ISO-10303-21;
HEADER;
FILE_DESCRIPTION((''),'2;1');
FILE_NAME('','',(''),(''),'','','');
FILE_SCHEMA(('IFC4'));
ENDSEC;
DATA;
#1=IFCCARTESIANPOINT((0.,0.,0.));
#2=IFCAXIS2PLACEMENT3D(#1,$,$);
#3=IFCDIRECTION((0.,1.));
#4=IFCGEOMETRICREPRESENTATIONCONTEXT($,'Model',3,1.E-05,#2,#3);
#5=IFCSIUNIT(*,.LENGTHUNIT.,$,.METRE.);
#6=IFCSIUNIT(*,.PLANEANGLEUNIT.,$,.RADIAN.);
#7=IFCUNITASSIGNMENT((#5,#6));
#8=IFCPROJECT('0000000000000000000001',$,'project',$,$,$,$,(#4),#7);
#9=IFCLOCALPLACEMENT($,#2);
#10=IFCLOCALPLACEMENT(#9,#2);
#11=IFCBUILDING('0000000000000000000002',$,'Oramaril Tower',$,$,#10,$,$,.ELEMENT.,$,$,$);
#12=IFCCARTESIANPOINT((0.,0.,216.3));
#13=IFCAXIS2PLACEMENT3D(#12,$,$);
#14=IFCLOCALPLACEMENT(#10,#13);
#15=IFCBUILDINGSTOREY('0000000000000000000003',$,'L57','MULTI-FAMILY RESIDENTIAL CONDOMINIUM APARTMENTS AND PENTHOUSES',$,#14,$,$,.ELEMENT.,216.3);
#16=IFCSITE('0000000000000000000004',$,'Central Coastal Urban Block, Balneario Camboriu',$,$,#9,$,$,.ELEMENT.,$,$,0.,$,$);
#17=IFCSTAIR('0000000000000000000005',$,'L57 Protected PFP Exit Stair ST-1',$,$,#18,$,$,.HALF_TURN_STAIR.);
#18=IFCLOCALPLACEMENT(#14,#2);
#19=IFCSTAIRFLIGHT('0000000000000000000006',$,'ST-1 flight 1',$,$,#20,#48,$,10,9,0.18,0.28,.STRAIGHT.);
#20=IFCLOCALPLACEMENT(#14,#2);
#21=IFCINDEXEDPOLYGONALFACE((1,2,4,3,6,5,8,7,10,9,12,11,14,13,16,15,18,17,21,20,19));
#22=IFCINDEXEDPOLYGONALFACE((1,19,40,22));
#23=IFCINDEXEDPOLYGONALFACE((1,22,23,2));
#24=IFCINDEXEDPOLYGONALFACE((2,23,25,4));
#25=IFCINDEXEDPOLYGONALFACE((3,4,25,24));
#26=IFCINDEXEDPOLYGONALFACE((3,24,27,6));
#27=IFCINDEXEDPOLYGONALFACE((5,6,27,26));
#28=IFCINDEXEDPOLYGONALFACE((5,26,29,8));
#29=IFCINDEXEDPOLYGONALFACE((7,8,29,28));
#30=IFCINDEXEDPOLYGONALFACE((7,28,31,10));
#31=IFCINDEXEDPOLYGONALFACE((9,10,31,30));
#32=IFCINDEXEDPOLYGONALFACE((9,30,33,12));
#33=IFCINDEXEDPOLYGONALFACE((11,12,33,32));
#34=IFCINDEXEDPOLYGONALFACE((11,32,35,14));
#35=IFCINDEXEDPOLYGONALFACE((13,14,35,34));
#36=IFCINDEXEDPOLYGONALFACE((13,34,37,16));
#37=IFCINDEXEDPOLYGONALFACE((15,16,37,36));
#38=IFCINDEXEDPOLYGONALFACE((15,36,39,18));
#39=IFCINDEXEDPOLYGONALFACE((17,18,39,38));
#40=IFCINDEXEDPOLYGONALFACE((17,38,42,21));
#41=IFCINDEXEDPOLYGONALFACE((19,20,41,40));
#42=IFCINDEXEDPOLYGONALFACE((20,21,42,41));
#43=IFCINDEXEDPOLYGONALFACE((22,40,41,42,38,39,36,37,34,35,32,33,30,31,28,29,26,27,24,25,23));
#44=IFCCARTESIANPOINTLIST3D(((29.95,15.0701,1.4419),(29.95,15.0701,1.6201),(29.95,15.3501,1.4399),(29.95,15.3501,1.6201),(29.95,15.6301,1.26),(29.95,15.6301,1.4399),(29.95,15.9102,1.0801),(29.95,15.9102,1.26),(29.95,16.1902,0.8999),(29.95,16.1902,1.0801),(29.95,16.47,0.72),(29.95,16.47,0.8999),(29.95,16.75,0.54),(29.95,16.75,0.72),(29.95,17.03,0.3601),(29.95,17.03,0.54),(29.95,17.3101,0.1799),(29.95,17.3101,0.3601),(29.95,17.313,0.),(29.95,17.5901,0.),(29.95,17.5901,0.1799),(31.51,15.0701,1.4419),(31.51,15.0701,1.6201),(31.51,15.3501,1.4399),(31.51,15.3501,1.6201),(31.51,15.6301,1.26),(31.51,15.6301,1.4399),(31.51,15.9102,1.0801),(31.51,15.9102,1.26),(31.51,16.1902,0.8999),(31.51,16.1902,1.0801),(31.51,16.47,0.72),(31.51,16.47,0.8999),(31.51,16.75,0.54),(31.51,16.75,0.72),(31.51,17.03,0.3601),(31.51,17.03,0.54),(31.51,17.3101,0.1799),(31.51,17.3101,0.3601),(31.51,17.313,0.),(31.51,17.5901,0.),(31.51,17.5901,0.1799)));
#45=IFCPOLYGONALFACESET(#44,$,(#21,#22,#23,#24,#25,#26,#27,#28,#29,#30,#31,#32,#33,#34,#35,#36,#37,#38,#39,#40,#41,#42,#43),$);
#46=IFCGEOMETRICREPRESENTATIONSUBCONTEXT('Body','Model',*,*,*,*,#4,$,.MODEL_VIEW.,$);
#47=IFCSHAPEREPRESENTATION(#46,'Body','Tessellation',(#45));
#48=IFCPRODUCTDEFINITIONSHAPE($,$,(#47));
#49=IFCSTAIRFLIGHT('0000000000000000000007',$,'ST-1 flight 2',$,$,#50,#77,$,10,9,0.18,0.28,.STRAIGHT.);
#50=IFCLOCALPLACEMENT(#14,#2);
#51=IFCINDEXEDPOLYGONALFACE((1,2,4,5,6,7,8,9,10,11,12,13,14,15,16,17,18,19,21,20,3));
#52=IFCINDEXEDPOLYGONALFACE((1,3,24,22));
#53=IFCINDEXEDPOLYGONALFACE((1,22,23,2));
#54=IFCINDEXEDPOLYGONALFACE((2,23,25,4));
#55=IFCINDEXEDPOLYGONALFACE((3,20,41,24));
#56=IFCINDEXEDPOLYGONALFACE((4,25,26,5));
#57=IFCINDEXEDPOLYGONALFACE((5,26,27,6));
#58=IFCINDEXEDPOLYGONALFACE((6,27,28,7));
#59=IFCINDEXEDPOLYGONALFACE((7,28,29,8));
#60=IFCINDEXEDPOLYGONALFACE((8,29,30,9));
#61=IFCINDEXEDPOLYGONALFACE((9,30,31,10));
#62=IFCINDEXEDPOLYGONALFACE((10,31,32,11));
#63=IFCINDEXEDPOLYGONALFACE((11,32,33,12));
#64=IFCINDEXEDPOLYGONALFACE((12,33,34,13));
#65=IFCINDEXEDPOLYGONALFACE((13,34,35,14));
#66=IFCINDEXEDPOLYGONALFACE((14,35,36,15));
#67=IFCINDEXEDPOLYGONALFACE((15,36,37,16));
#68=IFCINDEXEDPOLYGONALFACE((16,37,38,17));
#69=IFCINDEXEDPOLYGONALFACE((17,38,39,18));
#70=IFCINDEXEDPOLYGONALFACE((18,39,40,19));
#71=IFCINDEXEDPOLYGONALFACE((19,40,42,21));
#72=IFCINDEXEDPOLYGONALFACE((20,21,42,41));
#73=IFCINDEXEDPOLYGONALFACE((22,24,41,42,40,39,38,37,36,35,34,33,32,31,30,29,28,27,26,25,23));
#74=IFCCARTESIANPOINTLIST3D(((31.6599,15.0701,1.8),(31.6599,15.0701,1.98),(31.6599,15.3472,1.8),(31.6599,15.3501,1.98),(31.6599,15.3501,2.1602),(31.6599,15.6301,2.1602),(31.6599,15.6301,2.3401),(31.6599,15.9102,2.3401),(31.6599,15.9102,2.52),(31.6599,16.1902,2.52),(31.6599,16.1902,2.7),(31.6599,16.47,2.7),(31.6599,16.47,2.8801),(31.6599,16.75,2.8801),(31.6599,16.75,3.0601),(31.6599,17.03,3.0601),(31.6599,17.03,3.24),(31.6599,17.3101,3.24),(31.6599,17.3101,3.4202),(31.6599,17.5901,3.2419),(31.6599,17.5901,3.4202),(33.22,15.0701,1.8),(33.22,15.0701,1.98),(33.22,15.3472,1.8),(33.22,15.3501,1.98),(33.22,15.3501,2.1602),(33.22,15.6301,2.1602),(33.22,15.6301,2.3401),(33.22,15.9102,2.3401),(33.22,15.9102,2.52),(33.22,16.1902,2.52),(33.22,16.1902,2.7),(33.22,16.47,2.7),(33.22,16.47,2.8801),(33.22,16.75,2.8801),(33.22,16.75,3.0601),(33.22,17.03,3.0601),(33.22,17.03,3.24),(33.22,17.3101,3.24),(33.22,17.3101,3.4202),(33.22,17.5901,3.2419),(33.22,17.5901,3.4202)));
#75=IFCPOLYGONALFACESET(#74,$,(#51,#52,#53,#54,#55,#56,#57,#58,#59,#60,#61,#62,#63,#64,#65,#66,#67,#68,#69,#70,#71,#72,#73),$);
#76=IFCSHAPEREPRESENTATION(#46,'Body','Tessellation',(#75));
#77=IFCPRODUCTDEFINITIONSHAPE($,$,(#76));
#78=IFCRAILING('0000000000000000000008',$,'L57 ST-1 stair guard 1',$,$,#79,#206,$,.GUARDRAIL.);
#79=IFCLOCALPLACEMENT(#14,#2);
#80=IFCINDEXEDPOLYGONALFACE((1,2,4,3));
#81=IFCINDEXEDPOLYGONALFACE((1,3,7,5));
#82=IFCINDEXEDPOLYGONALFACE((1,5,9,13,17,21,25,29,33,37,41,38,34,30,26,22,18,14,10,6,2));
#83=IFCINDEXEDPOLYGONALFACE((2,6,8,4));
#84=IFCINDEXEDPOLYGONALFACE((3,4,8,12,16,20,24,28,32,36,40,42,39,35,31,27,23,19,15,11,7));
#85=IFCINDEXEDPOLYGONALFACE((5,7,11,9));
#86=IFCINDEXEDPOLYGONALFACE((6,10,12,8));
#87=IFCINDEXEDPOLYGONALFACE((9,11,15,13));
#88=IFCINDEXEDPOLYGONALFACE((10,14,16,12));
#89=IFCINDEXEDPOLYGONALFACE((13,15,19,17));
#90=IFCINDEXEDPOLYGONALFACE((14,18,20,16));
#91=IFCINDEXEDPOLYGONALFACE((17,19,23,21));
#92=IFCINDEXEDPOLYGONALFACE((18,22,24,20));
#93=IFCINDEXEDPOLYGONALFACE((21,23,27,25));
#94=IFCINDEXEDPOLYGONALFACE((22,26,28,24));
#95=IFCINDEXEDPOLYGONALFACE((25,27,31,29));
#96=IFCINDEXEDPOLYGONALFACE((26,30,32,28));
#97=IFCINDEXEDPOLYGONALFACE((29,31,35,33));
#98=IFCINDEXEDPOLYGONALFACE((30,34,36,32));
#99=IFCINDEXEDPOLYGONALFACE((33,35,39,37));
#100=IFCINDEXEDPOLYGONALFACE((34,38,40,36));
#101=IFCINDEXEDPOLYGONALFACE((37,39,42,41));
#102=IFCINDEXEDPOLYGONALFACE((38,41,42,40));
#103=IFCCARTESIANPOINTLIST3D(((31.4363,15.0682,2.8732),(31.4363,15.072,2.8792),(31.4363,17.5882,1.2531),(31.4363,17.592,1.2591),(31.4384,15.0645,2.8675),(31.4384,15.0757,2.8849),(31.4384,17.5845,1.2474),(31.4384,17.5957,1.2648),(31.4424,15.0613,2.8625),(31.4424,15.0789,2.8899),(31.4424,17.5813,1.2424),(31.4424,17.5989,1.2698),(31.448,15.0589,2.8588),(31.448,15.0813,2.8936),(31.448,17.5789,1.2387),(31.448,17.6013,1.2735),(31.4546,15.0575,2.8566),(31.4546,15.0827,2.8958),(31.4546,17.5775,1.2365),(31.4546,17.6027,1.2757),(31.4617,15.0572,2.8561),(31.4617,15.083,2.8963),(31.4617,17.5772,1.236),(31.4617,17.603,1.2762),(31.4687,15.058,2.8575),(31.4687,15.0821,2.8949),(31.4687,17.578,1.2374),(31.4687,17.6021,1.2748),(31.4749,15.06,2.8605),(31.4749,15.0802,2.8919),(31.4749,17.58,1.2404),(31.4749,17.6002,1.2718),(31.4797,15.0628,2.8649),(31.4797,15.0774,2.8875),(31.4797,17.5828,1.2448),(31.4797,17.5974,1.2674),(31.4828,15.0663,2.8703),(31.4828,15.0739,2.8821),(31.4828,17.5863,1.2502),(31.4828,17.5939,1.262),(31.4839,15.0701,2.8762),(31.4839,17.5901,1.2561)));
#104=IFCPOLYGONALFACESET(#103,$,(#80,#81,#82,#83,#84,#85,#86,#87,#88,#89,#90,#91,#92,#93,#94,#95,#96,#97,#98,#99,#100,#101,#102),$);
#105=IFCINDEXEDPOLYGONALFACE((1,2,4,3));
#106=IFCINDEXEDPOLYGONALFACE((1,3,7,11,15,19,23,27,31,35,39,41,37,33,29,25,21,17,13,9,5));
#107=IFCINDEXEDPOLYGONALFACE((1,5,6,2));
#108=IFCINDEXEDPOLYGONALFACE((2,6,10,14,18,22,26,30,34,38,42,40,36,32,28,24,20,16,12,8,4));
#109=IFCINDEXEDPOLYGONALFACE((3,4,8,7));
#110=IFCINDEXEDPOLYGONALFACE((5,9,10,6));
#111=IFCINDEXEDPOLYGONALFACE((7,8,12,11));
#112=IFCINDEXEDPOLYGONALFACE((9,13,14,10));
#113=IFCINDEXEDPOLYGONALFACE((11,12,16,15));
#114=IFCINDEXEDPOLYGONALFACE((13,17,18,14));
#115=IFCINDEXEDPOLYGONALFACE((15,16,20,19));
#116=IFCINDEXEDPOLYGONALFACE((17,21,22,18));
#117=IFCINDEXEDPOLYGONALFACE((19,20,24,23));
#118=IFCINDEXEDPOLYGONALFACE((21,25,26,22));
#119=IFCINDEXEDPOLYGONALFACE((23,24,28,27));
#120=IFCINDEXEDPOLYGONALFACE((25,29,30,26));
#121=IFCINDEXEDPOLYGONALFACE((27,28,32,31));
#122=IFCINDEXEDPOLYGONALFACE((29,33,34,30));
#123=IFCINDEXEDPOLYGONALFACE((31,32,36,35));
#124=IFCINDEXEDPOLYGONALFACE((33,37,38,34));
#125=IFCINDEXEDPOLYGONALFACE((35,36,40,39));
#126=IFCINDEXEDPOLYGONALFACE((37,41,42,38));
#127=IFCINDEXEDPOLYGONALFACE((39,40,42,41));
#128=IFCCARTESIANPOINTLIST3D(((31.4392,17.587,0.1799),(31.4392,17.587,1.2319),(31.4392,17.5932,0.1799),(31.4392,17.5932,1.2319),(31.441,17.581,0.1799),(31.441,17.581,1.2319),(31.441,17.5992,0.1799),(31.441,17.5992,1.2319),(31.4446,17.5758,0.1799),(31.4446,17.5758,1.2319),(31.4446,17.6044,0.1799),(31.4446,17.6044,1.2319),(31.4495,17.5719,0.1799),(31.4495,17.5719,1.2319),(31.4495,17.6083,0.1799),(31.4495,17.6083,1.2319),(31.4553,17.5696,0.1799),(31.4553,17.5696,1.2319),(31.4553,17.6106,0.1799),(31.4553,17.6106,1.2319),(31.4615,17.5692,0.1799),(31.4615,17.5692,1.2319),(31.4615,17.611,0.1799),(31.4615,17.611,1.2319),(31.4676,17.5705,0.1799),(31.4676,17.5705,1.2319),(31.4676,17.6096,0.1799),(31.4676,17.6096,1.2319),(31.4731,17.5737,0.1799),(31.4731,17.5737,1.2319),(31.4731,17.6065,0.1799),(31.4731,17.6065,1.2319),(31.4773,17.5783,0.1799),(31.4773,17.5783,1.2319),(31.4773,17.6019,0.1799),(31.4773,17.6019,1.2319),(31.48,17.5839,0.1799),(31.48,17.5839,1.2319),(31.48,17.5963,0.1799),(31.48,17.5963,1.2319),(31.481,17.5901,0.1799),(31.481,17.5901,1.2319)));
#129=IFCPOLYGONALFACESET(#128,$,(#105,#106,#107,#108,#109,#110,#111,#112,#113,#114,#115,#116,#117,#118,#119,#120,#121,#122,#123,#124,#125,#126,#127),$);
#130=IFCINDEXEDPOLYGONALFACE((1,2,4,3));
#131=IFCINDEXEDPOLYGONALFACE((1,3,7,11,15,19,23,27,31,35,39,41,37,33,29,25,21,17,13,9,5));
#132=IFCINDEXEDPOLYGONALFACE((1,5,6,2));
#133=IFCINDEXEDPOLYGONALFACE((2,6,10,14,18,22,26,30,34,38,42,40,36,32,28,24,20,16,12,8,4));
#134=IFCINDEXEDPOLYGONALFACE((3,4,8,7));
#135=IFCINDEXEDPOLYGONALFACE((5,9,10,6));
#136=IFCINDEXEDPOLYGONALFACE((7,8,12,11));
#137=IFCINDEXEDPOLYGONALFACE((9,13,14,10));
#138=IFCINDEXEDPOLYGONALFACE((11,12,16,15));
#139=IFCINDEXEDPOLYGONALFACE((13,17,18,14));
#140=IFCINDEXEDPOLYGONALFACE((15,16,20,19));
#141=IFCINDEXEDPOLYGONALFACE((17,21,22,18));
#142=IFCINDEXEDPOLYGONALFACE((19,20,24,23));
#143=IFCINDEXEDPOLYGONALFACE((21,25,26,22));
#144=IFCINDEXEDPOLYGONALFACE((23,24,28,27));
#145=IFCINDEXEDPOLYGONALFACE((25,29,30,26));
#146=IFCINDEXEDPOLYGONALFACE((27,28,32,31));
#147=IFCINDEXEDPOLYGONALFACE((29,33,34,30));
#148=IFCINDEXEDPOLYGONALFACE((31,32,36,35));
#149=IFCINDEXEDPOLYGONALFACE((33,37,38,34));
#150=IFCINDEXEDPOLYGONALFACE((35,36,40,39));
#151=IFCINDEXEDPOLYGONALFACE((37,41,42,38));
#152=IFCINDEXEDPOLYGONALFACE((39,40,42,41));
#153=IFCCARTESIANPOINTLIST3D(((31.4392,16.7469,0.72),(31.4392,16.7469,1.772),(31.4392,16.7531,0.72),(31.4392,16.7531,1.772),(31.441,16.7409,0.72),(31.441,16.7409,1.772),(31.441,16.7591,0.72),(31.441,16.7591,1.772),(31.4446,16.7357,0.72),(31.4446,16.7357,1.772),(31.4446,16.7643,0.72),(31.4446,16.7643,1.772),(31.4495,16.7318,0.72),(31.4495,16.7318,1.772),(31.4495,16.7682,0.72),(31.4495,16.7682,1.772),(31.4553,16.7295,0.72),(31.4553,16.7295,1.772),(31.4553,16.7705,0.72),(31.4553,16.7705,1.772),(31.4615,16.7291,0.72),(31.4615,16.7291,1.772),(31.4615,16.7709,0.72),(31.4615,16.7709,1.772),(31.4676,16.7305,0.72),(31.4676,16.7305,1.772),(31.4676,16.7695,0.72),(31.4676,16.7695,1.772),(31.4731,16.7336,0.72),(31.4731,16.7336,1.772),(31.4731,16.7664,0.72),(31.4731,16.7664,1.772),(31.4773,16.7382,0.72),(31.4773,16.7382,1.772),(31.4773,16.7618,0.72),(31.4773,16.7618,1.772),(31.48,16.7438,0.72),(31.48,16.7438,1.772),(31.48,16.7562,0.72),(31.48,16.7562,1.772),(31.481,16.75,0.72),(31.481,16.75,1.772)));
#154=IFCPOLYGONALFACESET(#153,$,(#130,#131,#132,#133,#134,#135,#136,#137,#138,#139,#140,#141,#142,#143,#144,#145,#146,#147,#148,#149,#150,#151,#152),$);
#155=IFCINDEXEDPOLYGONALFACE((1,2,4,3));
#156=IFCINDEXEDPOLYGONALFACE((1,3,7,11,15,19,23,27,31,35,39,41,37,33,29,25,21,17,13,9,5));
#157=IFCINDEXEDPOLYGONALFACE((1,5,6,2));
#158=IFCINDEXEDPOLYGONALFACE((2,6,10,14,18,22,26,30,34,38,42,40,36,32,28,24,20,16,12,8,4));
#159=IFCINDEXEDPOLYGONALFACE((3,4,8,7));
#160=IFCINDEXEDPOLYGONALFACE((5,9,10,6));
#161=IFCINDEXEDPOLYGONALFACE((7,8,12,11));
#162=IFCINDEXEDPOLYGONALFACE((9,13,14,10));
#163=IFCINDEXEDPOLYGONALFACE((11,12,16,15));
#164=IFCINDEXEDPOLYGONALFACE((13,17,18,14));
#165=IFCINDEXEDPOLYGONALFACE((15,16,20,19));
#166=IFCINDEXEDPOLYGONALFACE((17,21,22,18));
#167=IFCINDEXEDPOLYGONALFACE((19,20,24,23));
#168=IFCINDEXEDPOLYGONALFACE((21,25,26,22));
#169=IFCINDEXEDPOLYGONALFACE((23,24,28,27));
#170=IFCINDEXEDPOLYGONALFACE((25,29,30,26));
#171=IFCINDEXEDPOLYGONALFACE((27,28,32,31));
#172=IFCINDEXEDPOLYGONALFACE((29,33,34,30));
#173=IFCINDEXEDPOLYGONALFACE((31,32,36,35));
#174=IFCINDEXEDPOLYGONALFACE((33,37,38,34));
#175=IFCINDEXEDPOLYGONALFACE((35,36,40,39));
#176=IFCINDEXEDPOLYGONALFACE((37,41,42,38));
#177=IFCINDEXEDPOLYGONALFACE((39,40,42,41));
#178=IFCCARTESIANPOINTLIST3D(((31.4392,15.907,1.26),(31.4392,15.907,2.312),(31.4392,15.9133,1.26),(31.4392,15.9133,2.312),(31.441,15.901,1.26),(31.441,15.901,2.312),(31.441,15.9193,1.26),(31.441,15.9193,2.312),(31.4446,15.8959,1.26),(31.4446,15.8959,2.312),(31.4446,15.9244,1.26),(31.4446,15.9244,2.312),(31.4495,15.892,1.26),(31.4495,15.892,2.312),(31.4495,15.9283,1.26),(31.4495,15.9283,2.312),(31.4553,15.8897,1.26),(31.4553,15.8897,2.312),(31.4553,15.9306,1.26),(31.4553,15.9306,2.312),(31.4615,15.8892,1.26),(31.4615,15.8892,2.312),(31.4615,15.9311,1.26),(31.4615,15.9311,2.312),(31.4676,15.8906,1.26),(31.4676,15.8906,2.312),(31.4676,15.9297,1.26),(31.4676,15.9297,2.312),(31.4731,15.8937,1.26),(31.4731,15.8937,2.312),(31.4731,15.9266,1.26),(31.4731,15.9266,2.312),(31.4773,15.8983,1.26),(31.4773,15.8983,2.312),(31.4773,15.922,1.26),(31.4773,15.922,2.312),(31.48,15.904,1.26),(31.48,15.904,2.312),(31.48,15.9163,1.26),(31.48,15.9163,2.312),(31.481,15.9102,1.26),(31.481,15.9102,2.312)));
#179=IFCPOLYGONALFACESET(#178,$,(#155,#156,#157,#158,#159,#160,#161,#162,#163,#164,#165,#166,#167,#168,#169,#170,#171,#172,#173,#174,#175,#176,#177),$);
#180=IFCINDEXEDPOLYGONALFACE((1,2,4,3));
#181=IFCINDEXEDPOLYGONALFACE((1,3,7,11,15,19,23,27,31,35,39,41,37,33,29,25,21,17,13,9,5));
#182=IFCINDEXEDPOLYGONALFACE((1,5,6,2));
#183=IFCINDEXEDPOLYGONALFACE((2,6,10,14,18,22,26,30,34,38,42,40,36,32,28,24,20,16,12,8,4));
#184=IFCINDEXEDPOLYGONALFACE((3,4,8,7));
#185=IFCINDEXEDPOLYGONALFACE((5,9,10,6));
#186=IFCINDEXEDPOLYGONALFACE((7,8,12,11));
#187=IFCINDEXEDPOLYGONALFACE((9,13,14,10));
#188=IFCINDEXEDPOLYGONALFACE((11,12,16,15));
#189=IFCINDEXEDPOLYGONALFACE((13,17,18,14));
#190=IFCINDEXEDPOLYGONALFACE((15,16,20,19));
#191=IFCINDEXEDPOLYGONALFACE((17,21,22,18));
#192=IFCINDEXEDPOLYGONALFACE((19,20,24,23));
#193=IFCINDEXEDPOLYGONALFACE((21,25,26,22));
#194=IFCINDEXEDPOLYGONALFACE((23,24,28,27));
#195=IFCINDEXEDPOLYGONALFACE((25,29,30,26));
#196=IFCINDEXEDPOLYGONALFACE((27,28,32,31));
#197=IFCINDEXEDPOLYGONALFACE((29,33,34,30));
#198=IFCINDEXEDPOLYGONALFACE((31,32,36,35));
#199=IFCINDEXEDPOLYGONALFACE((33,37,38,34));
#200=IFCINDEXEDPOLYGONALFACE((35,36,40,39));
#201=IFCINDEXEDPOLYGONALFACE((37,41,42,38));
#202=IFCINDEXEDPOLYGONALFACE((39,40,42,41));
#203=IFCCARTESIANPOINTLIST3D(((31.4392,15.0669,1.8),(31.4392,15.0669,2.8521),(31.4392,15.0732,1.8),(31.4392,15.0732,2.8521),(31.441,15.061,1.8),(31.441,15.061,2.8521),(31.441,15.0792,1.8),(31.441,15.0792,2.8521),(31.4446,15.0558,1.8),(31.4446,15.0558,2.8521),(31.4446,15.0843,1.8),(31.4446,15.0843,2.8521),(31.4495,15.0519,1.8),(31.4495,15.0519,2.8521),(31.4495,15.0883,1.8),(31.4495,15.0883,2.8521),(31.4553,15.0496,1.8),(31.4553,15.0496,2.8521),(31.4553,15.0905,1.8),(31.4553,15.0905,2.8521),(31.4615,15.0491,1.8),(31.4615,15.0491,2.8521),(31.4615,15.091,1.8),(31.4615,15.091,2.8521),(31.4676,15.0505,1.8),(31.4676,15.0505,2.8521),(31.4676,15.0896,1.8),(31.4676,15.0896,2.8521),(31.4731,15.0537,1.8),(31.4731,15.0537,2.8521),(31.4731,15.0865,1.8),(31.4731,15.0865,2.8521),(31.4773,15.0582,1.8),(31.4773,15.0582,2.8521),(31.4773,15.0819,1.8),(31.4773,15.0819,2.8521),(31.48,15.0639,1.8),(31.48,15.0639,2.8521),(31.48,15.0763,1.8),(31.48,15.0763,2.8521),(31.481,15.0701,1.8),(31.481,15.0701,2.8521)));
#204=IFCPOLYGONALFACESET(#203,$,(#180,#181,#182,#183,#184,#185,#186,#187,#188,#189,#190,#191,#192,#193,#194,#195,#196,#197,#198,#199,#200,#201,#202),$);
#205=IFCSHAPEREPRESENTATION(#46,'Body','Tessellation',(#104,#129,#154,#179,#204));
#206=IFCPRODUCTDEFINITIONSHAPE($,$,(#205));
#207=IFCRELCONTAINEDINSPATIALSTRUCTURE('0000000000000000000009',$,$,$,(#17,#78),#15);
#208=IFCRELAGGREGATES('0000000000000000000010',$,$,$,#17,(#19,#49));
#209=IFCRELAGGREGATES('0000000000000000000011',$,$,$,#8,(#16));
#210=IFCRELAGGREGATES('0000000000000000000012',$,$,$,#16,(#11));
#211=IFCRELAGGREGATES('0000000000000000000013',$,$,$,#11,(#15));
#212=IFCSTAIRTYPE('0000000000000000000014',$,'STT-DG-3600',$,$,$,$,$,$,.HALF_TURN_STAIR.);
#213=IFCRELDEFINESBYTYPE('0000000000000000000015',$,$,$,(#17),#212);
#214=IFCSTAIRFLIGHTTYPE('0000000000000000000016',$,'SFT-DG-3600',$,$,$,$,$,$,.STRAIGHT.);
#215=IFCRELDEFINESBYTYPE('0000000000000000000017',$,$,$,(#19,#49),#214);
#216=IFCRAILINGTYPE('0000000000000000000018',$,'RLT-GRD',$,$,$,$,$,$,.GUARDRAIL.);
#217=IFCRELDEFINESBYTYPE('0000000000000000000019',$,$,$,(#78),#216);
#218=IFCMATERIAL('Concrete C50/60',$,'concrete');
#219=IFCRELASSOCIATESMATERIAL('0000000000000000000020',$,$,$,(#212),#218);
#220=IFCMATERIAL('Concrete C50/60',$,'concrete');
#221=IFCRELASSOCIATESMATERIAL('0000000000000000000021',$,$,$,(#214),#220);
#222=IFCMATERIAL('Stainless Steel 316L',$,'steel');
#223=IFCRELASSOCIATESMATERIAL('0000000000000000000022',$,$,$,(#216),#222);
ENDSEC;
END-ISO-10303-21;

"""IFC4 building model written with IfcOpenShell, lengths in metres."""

from ifc_helpers import new_model, si_unit, direction, frame, origin, origin_2d, place, context, subcontext, project, spatial, polyline, circle, outline, extrude, material, type_object, element, aggregate, save


model = new_model("IFC4")

# Units and contexts
model_context = context("Model", 3, precision=1e-05, world=origin(), true_north=direction((0.0, 1.0)))
body_context = subcontext(model_context, "Body", "Model", "MODEL_VIEW")
ifc_project = project(units=[si_unit("LENGTHUNIT", "METRE"), si_unit("PLANEANGLEUNIT", "RADIAN")], contexts=[model_context])

# Site, building, storey
site_placement = place(None, origin())
site = spatial("IfcSite", under=ifc_project, at=site_placement, Name="Central Coastal Urban Block, Balneario Camboriu", CompositionType="ELEMENT", RefElevation=0.0)
building_placement = place(site_placement, origin())
building = spatial("IfcBuilding", under=site, at=building_placement, Name="Oramaril Tower", CompositionType="ELEMENT")
storey_placement = place(building_placement, frame((0.0, 0.0, 216.3)))
storey = spatial("IfcBuildingStorey", under=building, at=storey_placement, Name="L57", Description="MULTI-FAMILY RESIDENTIAL CONDOMINIUM APARTMENTS AND PENTHOUSES", CompositionType="ELEMENT", Elevation=216.3)

# Stair, stair flights
ifc_material_1 = material(Name="Concrete C50/60", Category="concrete")
stair_type = type_object("IfcStairType", Name="STT-DG-3600", PredefinedType="HALF_TURN_STAIR", material=ifc_material_1)
stair_placement = place(storey_placement, origin())
stair = element("IfcStair", 1, at=stair_placement, inside=storey, type_object=stair_type, Name="L57 Protected PFP Exit Stair ST-1", PredefinedType="HALF_TURN_STAIR")
ifc_material_2 = material(Name="Concrete C50/60", Category="concrete")
stair_flight_type = type_object("IfcStairFlightType", Name="SFT-DG-3600", PredefinedType="STRAIGHT", material=ifc_material_2)
stair_flight_1_placement = place(storey_placement, frame((30.73, 17.5901, 0.0), z_axis=(0.0, 0.0, 1.0), x_axis=(0.0, -1.0, 0.0)))
stair_flight_1 = element("IfcStairFlight", 2, at=stair_flight_1_placement, type_object=stair_flight_type, Name="ST-1 flight 1", NumberOfRisers=10, NumberOfTreads=9, PredefinedType="STRAIGHT", RiserHeight=0.18, TreadLength=0.28, context=body_context, shape_type="SweptSolid", body=[
    extrude(outline(polyline([(0.0, 0.0), (0.0, 0.1799), (0.28, 0.1799), (0.28, 0.3601), (0.5601, 0.3601), (0.5601, 0.54), (0.8401, 0.54), (0.8401, 0.72), (1.1201, 0.72), (1.1201, 0.8999), (1.3999, 0.8999), (1.3999, 1.0801), (1.6799, 1.0801), (1.6799, 1.26), (1.96, 1.26), (1.96, 1.4399), (2.24, 1.4399), (2.24, 1.6201), (2.52, 1.6201), (2.52, 1.8), (2.52, 1.4419), (0.2771, 0.0), (0.0, 0.0)])), frame((0.0, 0.78, 0.0), z_axis=(0.0, -1.0, 0.0), x_axis=(1.0, 0.0, 0.0)), (0.0, 0.0, 1.0), 1.5601),
])
stair_flight_2_placement = place(storey_placement, frame((32.4399, 15.0701, 1.8), z_axis=(0.0, 0.0, 1.0), x_axis=(0.0, 1.0, 0.0)))
stair_flight_2 = element("IfcStairFlight", 3, at=stair_flight_2_placement, type_object=stair_flight_type, Name="ST-1 flight 2", NumberOfRisers=10, NumberOfTreads=9, PredefinedType="STRAIGHT", RiserHeight=0.18, TreadLength=0.28, context=body_context, shape_type="SweptSolid", body=[
    extrude(outline(polyline([(0.0, 0.0), (0.0, 0.1799), (0.28, 0.1799), (0.28, 0.3601), (0.5601, 0.3601), (0.5601, 0.54), (0.8401, 0.54), (0.8401, 0.72), (1.1201, 0.72), (1.1201, 0.8999), (1.3999, 0.8999), (1.3999, 1.0801), (1.6799, 1.0801), (1.6799, 1.26), (1.96, 1.26), (1.96, 1.4399), (2.24, 1.4399), (2.24, 1.6201), (2.52, 1.6201), (2.52, 1.8), (2.52, 1.4419), (0.2771, 0.0), (0.0, 0.0)])), frame((0.0, 0.78, 0.0), z_axis=(0.0, -1.0, 0.0), x_axis=(1.0, 0.0, 0.0)), (0.0, 0.0, 1.0), 1.5601),
])
aggregate(stair, [stair_flight_1, stair_flight_2])

# Railing
ifc_material_3 = material(Name="Stainless Steel 316L", Category="steel")
railing_type_1 = type_object("IfcRailingType", Name="RLT-GRD", PredefinedType="GUARDRAIL", material=ifc_material_3)
railing_1_placement = place(storey_placement, frame((31.46, 17.5901, 0.1799)))
element("IfcRailing", 4, at=railing_1_placement, inside=storey, type_object=railing_type_1, Name="L57 ST-1 stair guard 1", PredefinedType="GUARDRAIL", context=body_context, shape_type="SweptSolid", body=[
    extrude(circle(Radius=0.0239, at=origin_2d()), frame((0.0, 0.0, 1.0762), z_axis=(0.0, -0.841163, 0.540782), x_axis=(1.0, 0.0, 0.0)), (0.0, 0.0, 1.0), 2.9958),
    extrude(circle(Radius=0.021, at=origin_2d()), origin(), (0.0, 0.0, 1.0), 1.052),
    extrude(circle(Radius=0.021, at=origin_2d()), frame((0.0, -0.8401, 0.54)), (0.0, 0.0, 1.0), 1.052),
    extrude(circle(Radius=0.021, at=origin_2d()), frame((0.0, -1.6799, 1.0801)), (0.0, 0.0, 1.0), 1.052),
    extrude(circle(Radius=0.021, at=origin_2d()), frame((0.0, -2.52, 1.6201)), (0.0, 0.0, 1.0), 1.052),
])

save(model, "model.ifc")
